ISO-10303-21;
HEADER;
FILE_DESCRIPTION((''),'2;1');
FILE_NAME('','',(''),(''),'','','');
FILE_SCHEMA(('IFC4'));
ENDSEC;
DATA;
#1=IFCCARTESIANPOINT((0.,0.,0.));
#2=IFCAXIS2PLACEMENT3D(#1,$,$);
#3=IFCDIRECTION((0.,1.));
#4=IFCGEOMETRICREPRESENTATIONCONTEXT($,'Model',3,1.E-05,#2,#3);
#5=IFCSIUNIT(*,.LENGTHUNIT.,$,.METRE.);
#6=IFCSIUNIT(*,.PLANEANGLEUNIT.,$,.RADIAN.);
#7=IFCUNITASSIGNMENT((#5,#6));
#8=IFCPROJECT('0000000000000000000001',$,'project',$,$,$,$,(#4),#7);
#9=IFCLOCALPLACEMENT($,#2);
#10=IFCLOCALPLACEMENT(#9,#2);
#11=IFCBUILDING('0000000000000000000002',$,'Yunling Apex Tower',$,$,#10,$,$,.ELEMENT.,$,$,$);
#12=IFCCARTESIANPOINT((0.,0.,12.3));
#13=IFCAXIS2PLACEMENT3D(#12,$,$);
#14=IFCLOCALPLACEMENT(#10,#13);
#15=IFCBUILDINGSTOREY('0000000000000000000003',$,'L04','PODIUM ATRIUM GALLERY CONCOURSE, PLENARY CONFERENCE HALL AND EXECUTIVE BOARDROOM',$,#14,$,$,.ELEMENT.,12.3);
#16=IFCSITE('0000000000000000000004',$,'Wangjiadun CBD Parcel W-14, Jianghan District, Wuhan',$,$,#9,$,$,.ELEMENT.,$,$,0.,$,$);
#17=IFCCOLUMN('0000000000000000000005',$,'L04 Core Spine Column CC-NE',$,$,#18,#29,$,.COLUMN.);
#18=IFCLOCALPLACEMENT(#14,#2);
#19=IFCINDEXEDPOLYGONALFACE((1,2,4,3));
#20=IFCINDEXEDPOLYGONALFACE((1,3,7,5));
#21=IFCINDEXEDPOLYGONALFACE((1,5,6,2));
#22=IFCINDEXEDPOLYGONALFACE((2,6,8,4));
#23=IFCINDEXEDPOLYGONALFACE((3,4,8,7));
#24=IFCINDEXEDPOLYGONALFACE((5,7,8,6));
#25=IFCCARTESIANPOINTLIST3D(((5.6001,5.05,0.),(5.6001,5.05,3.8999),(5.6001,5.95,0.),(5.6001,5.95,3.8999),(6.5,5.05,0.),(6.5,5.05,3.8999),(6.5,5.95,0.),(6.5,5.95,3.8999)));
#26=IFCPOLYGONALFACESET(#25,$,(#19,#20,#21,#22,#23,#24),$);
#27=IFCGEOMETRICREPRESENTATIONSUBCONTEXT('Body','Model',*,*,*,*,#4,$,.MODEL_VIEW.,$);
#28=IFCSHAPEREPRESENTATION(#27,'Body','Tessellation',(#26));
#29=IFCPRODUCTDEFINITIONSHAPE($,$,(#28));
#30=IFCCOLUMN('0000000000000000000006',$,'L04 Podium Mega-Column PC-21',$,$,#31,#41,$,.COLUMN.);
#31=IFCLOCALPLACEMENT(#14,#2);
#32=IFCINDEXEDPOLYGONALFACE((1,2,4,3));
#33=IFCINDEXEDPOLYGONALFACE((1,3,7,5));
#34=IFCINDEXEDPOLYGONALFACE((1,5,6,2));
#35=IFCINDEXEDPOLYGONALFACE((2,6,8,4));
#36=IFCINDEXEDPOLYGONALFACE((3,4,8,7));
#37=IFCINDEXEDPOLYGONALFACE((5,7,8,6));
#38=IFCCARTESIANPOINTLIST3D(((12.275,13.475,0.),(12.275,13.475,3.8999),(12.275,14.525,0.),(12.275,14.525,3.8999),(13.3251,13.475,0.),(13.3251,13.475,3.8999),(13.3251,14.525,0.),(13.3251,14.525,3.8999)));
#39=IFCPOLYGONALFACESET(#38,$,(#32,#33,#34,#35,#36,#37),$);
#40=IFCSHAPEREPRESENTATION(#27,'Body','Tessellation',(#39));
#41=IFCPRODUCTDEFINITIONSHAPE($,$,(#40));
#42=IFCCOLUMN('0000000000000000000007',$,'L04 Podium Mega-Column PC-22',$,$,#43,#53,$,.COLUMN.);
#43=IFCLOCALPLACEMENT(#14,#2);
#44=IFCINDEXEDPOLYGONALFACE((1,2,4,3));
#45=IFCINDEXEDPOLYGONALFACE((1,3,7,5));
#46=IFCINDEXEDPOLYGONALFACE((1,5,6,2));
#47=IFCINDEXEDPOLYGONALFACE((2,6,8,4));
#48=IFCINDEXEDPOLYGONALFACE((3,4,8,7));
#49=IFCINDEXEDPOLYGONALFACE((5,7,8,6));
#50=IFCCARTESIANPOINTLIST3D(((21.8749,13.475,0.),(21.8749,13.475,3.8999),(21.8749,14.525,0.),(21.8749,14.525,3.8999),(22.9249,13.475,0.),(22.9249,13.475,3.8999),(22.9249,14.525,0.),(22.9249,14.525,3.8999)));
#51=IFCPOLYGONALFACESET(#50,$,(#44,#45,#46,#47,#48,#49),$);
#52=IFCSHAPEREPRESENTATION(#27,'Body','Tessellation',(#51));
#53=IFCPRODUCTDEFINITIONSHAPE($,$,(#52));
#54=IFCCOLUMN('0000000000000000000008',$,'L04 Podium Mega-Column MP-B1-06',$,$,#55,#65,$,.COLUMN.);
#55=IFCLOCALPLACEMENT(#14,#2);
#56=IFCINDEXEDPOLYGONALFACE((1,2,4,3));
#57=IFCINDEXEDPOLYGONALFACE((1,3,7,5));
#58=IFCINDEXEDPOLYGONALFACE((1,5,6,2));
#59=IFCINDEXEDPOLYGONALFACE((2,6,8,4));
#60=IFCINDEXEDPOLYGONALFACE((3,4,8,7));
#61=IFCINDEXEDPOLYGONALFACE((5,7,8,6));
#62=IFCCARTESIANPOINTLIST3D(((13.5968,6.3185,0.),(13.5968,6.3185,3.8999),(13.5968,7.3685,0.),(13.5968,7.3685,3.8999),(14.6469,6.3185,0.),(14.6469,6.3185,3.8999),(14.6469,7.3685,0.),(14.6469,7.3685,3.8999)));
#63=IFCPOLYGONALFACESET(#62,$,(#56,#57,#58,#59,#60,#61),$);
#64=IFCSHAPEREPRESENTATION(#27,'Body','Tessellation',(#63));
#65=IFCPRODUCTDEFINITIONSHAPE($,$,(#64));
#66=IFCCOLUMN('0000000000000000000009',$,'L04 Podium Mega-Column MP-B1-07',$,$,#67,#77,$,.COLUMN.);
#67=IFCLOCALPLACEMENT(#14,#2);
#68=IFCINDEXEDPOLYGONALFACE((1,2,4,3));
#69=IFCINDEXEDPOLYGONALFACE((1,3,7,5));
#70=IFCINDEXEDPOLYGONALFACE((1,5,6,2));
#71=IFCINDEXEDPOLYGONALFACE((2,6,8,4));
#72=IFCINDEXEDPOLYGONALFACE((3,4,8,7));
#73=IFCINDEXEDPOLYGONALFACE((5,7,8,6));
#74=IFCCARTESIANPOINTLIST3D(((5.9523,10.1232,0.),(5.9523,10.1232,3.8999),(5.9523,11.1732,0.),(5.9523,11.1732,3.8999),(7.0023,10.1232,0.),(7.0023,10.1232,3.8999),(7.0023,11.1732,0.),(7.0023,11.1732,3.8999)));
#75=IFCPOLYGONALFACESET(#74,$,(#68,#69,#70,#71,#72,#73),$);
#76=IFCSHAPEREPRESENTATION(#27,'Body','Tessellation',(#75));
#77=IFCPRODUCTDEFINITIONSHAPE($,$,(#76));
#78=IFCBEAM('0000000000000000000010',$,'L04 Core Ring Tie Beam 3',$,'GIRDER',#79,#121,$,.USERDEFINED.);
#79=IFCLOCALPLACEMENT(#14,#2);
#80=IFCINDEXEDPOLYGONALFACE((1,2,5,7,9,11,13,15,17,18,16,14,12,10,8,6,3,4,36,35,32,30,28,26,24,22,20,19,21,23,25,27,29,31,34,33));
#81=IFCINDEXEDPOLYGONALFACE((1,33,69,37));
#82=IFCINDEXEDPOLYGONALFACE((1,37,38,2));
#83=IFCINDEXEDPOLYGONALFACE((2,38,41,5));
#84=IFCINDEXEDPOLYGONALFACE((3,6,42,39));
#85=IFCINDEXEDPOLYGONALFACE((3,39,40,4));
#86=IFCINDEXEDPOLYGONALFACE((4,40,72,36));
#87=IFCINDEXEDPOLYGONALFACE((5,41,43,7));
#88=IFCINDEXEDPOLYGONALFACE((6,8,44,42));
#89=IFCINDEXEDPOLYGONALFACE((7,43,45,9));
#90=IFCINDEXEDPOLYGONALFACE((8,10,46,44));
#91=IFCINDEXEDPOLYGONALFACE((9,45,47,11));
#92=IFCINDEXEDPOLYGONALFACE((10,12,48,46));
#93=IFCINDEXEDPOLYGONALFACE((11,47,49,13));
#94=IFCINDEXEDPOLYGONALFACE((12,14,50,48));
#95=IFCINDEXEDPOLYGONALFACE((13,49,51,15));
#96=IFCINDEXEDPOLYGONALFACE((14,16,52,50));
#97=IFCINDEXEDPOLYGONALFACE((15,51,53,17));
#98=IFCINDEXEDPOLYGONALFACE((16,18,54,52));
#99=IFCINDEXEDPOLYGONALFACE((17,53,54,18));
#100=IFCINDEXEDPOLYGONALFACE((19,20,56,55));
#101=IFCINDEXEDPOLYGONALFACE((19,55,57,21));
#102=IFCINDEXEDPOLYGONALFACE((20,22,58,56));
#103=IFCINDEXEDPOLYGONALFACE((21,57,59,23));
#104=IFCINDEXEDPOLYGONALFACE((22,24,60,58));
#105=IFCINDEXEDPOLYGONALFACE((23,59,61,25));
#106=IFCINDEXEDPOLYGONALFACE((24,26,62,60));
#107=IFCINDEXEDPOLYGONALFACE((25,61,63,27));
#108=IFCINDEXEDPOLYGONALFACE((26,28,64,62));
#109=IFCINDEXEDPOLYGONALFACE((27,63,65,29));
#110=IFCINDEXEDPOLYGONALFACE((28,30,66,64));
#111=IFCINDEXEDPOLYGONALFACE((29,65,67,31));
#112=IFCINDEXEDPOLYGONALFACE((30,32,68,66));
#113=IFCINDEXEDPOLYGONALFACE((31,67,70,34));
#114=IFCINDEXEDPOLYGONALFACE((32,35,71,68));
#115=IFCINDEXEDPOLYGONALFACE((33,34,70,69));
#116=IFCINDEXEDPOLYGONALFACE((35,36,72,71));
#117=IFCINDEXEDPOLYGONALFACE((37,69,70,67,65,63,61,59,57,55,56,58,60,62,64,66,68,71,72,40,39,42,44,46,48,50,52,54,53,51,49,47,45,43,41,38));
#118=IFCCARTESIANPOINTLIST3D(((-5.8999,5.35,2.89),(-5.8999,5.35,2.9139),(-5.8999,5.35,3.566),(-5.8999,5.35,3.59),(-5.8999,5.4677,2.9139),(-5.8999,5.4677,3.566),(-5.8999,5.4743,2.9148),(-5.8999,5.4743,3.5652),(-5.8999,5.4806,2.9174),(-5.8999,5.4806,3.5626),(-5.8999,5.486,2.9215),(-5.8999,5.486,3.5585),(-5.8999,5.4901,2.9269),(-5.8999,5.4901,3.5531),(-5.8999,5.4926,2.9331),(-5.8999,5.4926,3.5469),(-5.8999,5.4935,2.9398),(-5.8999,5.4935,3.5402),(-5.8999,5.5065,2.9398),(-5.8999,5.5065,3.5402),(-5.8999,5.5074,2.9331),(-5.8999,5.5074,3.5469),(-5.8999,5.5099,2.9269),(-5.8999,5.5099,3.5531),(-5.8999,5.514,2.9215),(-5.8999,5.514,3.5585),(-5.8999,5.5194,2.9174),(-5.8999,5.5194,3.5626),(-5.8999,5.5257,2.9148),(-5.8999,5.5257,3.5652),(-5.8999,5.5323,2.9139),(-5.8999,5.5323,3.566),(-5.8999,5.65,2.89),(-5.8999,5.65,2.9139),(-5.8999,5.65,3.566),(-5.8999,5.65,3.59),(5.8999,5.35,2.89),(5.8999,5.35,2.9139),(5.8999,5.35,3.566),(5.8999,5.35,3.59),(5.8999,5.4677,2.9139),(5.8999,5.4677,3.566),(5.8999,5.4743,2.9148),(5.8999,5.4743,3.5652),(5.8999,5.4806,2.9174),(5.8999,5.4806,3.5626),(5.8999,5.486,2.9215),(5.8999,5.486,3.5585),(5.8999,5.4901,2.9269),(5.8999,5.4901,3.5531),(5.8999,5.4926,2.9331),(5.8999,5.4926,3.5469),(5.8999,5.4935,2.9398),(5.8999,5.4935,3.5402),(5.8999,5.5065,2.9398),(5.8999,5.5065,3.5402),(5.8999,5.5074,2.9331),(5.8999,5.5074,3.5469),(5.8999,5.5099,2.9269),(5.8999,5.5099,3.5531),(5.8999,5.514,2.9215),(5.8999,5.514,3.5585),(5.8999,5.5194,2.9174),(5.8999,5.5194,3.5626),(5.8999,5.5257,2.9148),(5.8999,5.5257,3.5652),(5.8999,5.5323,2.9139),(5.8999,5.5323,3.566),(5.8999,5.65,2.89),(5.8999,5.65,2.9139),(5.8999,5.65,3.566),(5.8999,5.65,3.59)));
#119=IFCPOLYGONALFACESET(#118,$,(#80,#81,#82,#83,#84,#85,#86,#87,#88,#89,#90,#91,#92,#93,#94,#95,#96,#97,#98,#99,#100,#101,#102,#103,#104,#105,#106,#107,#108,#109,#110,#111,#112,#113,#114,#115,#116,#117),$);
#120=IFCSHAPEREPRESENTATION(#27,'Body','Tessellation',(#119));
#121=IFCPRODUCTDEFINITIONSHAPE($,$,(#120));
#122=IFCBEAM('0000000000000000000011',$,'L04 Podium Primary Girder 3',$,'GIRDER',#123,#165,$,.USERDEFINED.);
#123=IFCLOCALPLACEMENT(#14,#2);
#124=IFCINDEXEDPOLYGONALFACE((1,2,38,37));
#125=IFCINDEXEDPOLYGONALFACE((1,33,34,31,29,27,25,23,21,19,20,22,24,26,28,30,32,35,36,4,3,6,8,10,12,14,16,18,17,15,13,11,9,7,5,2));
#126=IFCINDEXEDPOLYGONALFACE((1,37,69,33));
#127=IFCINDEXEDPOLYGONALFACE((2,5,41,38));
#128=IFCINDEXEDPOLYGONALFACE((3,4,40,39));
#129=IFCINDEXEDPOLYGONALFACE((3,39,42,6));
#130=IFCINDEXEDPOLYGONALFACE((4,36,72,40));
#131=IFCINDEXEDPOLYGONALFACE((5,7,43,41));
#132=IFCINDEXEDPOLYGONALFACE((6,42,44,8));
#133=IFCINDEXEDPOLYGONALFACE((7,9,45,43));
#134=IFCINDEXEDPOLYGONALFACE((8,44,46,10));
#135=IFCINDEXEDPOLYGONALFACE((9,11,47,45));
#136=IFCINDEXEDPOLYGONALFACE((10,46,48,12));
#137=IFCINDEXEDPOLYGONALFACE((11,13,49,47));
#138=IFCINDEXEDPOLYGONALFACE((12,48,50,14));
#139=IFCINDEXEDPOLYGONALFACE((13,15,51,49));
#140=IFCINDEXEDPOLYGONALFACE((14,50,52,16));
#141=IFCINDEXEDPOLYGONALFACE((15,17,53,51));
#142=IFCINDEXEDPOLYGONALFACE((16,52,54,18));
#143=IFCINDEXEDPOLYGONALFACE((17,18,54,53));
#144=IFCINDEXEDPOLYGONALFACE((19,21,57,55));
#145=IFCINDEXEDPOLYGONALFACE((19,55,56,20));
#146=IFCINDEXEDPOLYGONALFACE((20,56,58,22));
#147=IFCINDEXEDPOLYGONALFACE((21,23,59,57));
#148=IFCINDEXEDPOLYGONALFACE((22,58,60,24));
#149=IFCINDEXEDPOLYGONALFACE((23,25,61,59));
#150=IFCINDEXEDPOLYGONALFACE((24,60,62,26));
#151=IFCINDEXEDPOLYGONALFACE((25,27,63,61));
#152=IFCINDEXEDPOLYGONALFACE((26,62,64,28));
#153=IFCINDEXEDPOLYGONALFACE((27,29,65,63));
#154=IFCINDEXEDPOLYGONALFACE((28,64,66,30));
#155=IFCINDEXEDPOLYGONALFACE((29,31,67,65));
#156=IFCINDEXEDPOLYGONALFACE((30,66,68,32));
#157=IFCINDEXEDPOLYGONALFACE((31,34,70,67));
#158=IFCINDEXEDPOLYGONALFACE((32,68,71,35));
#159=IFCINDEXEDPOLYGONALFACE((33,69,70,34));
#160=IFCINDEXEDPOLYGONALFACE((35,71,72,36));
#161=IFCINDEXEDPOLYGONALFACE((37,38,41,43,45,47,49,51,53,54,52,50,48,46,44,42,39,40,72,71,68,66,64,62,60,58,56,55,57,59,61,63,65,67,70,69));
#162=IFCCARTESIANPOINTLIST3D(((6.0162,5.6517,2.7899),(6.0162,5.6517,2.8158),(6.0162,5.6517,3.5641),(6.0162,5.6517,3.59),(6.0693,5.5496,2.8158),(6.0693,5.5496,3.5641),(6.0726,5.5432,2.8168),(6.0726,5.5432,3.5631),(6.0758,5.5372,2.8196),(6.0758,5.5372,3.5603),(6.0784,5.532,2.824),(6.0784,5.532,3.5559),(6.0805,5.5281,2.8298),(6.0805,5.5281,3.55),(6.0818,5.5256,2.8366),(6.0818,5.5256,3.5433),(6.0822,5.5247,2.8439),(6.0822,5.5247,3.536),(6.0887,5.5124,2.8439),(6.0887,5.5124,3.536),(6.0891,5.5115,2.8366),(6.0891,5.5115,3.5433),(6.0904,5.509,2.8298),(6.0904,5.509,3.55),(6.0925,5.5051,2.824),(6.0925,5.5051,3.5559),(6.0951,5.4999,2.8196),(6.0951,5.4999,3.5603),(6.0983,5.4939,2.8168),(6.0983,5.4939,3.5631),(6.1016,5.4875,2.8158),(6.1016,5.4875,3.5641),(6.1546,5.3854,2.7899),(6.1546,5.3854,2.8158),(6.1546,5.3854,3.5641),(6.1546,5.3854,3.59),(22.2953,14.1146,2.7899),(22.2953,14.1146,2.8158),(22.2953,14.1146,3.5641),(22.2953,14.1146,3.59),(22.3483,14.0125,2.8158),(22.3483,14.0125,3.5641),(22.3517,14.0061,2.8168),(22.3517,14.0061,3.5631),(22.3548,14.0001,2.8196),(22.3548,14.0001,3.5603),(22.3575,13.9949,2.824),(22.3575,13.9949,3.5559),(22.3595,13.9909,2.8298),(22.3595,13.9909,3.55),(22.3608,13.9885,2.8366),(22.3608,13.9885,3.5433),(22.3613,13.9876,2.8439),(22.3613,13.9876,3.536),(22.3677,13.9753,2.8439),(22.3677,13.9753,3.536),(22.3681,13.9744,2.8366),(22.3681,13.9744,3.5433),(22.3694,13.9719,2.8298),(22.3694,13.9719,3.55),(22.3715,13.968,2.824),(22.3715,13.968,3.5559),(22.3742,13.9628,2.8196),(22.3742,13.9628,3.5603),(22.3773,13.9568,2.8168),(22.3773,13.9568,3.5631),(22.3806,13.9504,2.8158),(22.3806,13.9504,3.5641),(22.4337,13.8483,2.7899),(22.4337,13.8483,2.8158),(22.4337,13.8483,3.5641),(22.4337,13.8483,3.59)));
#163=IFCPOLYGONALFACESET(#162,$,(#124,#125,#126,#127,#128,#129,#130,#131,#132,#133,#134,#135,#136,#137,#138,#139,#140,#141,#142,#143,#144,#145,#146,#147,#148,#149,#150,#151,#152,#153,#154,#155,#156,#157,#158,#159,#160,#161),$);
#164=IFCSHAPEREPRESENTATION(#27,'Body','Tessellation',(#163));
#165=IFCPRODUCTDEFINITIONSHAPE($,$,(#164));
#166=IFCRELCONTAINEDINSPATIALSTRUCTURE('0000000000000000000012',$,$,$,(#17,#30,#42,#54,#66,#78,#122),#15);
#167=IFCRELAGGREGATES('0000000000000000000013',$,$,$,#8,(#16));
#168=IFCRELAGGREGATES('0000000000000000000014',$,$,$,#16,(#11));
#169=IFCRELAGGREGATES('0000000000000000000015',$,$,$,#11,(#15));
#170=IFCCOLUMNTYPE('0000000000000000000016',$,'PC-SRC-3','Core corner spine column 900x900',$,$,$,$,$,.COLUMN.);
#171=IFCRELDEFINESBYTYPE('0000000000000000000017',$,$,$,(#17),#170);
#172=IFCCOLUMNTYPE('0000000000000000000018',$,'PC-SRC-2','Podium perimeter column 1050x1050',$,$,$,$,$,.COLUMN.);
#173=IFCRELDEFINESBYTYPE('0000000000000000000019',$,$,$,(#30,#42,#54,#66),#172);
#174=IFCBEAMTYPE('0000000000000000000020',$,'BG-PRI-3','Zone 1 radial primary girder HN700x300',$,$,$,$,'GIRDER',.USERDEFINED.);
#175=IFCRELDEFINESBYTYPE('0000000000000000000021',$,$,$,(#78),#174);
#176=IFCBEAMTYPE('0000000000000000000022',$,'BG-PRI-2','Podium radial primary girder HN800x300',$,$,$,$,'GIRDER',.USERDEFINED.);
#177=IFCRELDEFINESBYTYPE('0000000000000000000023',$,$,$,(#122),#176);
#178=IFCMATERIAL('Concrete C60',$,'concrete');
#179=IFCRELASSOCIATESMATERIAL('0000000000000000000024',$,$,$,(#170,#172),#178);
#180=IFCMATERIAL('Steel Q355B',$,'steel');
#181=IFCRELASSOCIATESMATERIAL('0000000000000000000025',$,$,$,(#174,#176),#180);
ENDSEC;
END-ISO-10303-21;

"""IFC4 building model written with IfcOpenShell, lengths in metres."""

from ifc_helpers import new_model, si_unit, direction, frame, origin, origin_2d, place, context, subcontext, project, spatial, rectangle, i_section, extrude, source, transform, mapped, material, material_profile, profile_set, type_object, element, save


model = new_model("IFC4")

# Units and contexts
model_context = context("Model", 3, precision=1e-05, world=origin(), true_north=direction((0.0, 1.0)))
body_context = subcontext(model_context, "Body", "Model", "MODEL_VIEW")
ifc_project = project(units=[si_unit("LENGTHUNIT", "METRE"), si_unit("PLANEANGLEUNIT", "RADIAN")], contexts=[model_context])

# Site, building, storey
site_placement = place(None, origin())
site = spatial("IfcSite", under=ifc_project, at=site_placement, Name="Wangjiadun CBD Parcel W-14, Jianghan District, Wuhan", CompositionType="ELEMENT", RefElevation=0.0)
building_placement = place(site_placement, origin())
building = spatial("IfcBuilding", under=site, at=building_placement, Name="Yunling Apex Tower", CompositionType="ELEMENT")
storey_placement = place(building_placement, frame((0.0, 0.0, 12.3)))
storey = spatial("IfcBuildingStorey", under=building, at=storey_placement, Name="L04", Description="PODIUM ATRIUM GALLERY CONCOURSE, PLENARY CONFERENCE HALL AND EXECUTIVE BOARDROOM", CompositionType="ELEMENT", Elevation=12.3)

# Columns
ifc_material_1 = material(Name="Concrete C60", Category="concrete")
ifc_material_profile_1 = material_profile(ifc_material_1, rectangle(XDim=0.8999, YDim=0.8999, at=origin_2d()))
ifc_profile_set_1 = profile_set([ifc_material_profile_1], Name="Concrete C60")
column_type_1 = type_object("IfcColumnType", Name="PC-SRC-3", Description="Core corner spine column 900x900", PredefinedType="COLUMN", material=ifc_profile_set_1)
shared_shape_1 = source(origin(), body_context, "Body", "SweptSolid", [
    extrude(rectangle(XDim=0.8999, YDim=0.8999, at=origin_2d()), origin(), (0.0, 0.0, 1.0), 3.8999),
])
column_placement = place(storey_placement, frame((6.05, 5.5, 0.0), z_axis=(0.0, 0.0, 1.0), x_axis=(1.0, 0.0, 0.0)))
element("IfcColumn", 1, at=column_placement, inside=storey, type_object=column_type_1, Name="L04 Core Spine Column CC-NE", PredefinedType="COLUMN", context=body_context, shape_type="MappedRepresentation", body=[
    mapped(shared_shape_1, transform((0.0, 0.0, 0.0), scale=1.0)),
])
ifc_material_profile_2 = material_profile(ifc_material_1, rectangle(XDim=1.05, YDim=1.05, at=origin_2d()))
ifc_profile_set_2 = profile_set([ifc_material_profile_2], Name="Concrete C60")
column_type_2 = type_object("IfcColumnType", Name="PC-SRC-2", Description="Podium perimeter column 1050x1050", PredefinedType="COLUMN", material=ifc_profile_set_2)
shared_shape_2 = source(origin(), body_context, "Body", "SweptSolid", [
    extrude(rectangle(XDim=1.05, YDim=1.05, at=origin_2d()), origin(), (0.0, 0.0, 1.0), 3.8999),
])
for number, where, z_axis, x_axis, name in (
    (2, (12.8, 14.0, 0.0), (0.0, 0.0, 1.0), (1.0, 0.0, 0.0), "L04 Podium Mega-Column PC-21"),
    (3, (22.3999, 14.0, 0.0), (0.0, 0.0, 1.0), (1.0, 0.0, 0.0), "L04 Podium Mega-Column PC-22"),
    (4, (14.1218, 6.8435, 0.0), (0.0, 0.0, 1.0), (1.0, 0.0, 0.0), "L04 Podium Mega-Column MP-B1-06"),
    (5, (6.4773, 10.6482, 0.0), (0.0, 0.0, 1.0), (1.0, 0.0, 0.0), "L04 Podium Mega-Column MP-B1-07"),
):
    element("IfcColumn", number, at=place(storey_placement, frame(where, z_axis=z_axis, x_axis=x_axis)), inside=storey, type_object=column_type_2, Name=name, PredefinedType="COLUMN", context=body_context, shape_type="MappedRepresentation", body=[
        mapped(shared_shape_2, transform((0.0, 0.0, 0.0), scale=1.0)),
    ])

# Beams
ifc_material_2 = material(Name="Steel Q355B", Category="steel")
ifc_material_profile_3 = material_profile(ifc_material_2, i_section(OverallWidth=0.3, OverallDepth=0.7, WebThickness=0.0129, FlangeThickness=0.0239, FilletRadius=0.0259, at=origin_2d()))
ifc_profile_set_3 = profile_set([ifc_material_profile_3], Name="Steel Q355B")
beam_type_1 = type_object("IfcBeamType", Name="BG-PRI-3", Description="Zone 1 radial primary girder HN700x300", ElementType="GIRDER", PredefinedType="USERDEFINED", material=ifc_profile_set_3)
shared_shape_3 = source(origin(), body_context, "Body", "SweptSolid", [
    extrude(i_section(OverallWidth=0.3, OverallDepth=0.7, WebThickness=0.0129, FlangeThickness=0.0239, FilletRadius=0.0259, at=origin_2d()), origin(), (0.0, 0.0, 1.0), 11.7998),
])
beam_1_placement = place(storey_placement, frame((5.8999, 5.5, 3.24), z_axis=(-1.0, 0.0, 0.0), x_axis=(0.0, -1.0, 0.0)))
element("IfcBeam", 6, at=beam_1_placement, inside=storey, type_object=beam_type_1, Name="L04 Core Ring Tie Beam 3", ObjectType="GIRDER", PredefinedType="USERDEFINED", context=body_context, shape_type="MappedRepresentation", body=[
    mapped(shared_shape_3, transform((0.0, 0.0, 0.0), scale=1.0)),
])
ifc_material_profile_4 = material_profile(ifc_material_2, i_section(OverallWidth=0.3, OverallDepth=0.8, WebThickness=0.0139, FlangeThickness=0.0259, FilletRadius=0.0281, at=origin_2d()))
ifc_profile_set_4 = profile_set([ifc_material_profile_4], Name="Steel Q355B")
beam_type_2 = type_object("IfcBeamType", Name="BG-PRI-2", Description="Podium radial primary girder HN800x300", ElementType="GIRDER", PredefinedType="USERDEFINED", material=ifc_profile_set_4)
shared_shape_4 = source(origin(), body_context, "Body", "SweptSolid", [
    extrude(i_section(OverallWidth=0.3, OverallDepth=0.8, WebThickness=0.0139, FlangeThickness=0.0259, FilletRadius=0.0281, at=origin_2d()), origin(), (0.0, 0.0, 1.0), 18.3474),
])
beam_2_placement = place(storey_placement, frame((6.0854, 5.5186, 3.1899), z_axis=(0.887266, 0.461258, 0.0), x_axis=(-0.461258, 0.887266, 0.0)))
element("IfcBeam", 7, at=beam_2_placement, inside=storey, type_object=beam_type_2, Name="L04 Podium Primary Girder 3", ObjectType="GIRDER", PredefinedType="USERDEFINED", context=body_context, shape_type="MappedRepresentation", body=[
    mapped(shared_shape_4, transform((0.0, 0.0, 0.0), scale=1.0)),
])

save(model, "model.ifc")
